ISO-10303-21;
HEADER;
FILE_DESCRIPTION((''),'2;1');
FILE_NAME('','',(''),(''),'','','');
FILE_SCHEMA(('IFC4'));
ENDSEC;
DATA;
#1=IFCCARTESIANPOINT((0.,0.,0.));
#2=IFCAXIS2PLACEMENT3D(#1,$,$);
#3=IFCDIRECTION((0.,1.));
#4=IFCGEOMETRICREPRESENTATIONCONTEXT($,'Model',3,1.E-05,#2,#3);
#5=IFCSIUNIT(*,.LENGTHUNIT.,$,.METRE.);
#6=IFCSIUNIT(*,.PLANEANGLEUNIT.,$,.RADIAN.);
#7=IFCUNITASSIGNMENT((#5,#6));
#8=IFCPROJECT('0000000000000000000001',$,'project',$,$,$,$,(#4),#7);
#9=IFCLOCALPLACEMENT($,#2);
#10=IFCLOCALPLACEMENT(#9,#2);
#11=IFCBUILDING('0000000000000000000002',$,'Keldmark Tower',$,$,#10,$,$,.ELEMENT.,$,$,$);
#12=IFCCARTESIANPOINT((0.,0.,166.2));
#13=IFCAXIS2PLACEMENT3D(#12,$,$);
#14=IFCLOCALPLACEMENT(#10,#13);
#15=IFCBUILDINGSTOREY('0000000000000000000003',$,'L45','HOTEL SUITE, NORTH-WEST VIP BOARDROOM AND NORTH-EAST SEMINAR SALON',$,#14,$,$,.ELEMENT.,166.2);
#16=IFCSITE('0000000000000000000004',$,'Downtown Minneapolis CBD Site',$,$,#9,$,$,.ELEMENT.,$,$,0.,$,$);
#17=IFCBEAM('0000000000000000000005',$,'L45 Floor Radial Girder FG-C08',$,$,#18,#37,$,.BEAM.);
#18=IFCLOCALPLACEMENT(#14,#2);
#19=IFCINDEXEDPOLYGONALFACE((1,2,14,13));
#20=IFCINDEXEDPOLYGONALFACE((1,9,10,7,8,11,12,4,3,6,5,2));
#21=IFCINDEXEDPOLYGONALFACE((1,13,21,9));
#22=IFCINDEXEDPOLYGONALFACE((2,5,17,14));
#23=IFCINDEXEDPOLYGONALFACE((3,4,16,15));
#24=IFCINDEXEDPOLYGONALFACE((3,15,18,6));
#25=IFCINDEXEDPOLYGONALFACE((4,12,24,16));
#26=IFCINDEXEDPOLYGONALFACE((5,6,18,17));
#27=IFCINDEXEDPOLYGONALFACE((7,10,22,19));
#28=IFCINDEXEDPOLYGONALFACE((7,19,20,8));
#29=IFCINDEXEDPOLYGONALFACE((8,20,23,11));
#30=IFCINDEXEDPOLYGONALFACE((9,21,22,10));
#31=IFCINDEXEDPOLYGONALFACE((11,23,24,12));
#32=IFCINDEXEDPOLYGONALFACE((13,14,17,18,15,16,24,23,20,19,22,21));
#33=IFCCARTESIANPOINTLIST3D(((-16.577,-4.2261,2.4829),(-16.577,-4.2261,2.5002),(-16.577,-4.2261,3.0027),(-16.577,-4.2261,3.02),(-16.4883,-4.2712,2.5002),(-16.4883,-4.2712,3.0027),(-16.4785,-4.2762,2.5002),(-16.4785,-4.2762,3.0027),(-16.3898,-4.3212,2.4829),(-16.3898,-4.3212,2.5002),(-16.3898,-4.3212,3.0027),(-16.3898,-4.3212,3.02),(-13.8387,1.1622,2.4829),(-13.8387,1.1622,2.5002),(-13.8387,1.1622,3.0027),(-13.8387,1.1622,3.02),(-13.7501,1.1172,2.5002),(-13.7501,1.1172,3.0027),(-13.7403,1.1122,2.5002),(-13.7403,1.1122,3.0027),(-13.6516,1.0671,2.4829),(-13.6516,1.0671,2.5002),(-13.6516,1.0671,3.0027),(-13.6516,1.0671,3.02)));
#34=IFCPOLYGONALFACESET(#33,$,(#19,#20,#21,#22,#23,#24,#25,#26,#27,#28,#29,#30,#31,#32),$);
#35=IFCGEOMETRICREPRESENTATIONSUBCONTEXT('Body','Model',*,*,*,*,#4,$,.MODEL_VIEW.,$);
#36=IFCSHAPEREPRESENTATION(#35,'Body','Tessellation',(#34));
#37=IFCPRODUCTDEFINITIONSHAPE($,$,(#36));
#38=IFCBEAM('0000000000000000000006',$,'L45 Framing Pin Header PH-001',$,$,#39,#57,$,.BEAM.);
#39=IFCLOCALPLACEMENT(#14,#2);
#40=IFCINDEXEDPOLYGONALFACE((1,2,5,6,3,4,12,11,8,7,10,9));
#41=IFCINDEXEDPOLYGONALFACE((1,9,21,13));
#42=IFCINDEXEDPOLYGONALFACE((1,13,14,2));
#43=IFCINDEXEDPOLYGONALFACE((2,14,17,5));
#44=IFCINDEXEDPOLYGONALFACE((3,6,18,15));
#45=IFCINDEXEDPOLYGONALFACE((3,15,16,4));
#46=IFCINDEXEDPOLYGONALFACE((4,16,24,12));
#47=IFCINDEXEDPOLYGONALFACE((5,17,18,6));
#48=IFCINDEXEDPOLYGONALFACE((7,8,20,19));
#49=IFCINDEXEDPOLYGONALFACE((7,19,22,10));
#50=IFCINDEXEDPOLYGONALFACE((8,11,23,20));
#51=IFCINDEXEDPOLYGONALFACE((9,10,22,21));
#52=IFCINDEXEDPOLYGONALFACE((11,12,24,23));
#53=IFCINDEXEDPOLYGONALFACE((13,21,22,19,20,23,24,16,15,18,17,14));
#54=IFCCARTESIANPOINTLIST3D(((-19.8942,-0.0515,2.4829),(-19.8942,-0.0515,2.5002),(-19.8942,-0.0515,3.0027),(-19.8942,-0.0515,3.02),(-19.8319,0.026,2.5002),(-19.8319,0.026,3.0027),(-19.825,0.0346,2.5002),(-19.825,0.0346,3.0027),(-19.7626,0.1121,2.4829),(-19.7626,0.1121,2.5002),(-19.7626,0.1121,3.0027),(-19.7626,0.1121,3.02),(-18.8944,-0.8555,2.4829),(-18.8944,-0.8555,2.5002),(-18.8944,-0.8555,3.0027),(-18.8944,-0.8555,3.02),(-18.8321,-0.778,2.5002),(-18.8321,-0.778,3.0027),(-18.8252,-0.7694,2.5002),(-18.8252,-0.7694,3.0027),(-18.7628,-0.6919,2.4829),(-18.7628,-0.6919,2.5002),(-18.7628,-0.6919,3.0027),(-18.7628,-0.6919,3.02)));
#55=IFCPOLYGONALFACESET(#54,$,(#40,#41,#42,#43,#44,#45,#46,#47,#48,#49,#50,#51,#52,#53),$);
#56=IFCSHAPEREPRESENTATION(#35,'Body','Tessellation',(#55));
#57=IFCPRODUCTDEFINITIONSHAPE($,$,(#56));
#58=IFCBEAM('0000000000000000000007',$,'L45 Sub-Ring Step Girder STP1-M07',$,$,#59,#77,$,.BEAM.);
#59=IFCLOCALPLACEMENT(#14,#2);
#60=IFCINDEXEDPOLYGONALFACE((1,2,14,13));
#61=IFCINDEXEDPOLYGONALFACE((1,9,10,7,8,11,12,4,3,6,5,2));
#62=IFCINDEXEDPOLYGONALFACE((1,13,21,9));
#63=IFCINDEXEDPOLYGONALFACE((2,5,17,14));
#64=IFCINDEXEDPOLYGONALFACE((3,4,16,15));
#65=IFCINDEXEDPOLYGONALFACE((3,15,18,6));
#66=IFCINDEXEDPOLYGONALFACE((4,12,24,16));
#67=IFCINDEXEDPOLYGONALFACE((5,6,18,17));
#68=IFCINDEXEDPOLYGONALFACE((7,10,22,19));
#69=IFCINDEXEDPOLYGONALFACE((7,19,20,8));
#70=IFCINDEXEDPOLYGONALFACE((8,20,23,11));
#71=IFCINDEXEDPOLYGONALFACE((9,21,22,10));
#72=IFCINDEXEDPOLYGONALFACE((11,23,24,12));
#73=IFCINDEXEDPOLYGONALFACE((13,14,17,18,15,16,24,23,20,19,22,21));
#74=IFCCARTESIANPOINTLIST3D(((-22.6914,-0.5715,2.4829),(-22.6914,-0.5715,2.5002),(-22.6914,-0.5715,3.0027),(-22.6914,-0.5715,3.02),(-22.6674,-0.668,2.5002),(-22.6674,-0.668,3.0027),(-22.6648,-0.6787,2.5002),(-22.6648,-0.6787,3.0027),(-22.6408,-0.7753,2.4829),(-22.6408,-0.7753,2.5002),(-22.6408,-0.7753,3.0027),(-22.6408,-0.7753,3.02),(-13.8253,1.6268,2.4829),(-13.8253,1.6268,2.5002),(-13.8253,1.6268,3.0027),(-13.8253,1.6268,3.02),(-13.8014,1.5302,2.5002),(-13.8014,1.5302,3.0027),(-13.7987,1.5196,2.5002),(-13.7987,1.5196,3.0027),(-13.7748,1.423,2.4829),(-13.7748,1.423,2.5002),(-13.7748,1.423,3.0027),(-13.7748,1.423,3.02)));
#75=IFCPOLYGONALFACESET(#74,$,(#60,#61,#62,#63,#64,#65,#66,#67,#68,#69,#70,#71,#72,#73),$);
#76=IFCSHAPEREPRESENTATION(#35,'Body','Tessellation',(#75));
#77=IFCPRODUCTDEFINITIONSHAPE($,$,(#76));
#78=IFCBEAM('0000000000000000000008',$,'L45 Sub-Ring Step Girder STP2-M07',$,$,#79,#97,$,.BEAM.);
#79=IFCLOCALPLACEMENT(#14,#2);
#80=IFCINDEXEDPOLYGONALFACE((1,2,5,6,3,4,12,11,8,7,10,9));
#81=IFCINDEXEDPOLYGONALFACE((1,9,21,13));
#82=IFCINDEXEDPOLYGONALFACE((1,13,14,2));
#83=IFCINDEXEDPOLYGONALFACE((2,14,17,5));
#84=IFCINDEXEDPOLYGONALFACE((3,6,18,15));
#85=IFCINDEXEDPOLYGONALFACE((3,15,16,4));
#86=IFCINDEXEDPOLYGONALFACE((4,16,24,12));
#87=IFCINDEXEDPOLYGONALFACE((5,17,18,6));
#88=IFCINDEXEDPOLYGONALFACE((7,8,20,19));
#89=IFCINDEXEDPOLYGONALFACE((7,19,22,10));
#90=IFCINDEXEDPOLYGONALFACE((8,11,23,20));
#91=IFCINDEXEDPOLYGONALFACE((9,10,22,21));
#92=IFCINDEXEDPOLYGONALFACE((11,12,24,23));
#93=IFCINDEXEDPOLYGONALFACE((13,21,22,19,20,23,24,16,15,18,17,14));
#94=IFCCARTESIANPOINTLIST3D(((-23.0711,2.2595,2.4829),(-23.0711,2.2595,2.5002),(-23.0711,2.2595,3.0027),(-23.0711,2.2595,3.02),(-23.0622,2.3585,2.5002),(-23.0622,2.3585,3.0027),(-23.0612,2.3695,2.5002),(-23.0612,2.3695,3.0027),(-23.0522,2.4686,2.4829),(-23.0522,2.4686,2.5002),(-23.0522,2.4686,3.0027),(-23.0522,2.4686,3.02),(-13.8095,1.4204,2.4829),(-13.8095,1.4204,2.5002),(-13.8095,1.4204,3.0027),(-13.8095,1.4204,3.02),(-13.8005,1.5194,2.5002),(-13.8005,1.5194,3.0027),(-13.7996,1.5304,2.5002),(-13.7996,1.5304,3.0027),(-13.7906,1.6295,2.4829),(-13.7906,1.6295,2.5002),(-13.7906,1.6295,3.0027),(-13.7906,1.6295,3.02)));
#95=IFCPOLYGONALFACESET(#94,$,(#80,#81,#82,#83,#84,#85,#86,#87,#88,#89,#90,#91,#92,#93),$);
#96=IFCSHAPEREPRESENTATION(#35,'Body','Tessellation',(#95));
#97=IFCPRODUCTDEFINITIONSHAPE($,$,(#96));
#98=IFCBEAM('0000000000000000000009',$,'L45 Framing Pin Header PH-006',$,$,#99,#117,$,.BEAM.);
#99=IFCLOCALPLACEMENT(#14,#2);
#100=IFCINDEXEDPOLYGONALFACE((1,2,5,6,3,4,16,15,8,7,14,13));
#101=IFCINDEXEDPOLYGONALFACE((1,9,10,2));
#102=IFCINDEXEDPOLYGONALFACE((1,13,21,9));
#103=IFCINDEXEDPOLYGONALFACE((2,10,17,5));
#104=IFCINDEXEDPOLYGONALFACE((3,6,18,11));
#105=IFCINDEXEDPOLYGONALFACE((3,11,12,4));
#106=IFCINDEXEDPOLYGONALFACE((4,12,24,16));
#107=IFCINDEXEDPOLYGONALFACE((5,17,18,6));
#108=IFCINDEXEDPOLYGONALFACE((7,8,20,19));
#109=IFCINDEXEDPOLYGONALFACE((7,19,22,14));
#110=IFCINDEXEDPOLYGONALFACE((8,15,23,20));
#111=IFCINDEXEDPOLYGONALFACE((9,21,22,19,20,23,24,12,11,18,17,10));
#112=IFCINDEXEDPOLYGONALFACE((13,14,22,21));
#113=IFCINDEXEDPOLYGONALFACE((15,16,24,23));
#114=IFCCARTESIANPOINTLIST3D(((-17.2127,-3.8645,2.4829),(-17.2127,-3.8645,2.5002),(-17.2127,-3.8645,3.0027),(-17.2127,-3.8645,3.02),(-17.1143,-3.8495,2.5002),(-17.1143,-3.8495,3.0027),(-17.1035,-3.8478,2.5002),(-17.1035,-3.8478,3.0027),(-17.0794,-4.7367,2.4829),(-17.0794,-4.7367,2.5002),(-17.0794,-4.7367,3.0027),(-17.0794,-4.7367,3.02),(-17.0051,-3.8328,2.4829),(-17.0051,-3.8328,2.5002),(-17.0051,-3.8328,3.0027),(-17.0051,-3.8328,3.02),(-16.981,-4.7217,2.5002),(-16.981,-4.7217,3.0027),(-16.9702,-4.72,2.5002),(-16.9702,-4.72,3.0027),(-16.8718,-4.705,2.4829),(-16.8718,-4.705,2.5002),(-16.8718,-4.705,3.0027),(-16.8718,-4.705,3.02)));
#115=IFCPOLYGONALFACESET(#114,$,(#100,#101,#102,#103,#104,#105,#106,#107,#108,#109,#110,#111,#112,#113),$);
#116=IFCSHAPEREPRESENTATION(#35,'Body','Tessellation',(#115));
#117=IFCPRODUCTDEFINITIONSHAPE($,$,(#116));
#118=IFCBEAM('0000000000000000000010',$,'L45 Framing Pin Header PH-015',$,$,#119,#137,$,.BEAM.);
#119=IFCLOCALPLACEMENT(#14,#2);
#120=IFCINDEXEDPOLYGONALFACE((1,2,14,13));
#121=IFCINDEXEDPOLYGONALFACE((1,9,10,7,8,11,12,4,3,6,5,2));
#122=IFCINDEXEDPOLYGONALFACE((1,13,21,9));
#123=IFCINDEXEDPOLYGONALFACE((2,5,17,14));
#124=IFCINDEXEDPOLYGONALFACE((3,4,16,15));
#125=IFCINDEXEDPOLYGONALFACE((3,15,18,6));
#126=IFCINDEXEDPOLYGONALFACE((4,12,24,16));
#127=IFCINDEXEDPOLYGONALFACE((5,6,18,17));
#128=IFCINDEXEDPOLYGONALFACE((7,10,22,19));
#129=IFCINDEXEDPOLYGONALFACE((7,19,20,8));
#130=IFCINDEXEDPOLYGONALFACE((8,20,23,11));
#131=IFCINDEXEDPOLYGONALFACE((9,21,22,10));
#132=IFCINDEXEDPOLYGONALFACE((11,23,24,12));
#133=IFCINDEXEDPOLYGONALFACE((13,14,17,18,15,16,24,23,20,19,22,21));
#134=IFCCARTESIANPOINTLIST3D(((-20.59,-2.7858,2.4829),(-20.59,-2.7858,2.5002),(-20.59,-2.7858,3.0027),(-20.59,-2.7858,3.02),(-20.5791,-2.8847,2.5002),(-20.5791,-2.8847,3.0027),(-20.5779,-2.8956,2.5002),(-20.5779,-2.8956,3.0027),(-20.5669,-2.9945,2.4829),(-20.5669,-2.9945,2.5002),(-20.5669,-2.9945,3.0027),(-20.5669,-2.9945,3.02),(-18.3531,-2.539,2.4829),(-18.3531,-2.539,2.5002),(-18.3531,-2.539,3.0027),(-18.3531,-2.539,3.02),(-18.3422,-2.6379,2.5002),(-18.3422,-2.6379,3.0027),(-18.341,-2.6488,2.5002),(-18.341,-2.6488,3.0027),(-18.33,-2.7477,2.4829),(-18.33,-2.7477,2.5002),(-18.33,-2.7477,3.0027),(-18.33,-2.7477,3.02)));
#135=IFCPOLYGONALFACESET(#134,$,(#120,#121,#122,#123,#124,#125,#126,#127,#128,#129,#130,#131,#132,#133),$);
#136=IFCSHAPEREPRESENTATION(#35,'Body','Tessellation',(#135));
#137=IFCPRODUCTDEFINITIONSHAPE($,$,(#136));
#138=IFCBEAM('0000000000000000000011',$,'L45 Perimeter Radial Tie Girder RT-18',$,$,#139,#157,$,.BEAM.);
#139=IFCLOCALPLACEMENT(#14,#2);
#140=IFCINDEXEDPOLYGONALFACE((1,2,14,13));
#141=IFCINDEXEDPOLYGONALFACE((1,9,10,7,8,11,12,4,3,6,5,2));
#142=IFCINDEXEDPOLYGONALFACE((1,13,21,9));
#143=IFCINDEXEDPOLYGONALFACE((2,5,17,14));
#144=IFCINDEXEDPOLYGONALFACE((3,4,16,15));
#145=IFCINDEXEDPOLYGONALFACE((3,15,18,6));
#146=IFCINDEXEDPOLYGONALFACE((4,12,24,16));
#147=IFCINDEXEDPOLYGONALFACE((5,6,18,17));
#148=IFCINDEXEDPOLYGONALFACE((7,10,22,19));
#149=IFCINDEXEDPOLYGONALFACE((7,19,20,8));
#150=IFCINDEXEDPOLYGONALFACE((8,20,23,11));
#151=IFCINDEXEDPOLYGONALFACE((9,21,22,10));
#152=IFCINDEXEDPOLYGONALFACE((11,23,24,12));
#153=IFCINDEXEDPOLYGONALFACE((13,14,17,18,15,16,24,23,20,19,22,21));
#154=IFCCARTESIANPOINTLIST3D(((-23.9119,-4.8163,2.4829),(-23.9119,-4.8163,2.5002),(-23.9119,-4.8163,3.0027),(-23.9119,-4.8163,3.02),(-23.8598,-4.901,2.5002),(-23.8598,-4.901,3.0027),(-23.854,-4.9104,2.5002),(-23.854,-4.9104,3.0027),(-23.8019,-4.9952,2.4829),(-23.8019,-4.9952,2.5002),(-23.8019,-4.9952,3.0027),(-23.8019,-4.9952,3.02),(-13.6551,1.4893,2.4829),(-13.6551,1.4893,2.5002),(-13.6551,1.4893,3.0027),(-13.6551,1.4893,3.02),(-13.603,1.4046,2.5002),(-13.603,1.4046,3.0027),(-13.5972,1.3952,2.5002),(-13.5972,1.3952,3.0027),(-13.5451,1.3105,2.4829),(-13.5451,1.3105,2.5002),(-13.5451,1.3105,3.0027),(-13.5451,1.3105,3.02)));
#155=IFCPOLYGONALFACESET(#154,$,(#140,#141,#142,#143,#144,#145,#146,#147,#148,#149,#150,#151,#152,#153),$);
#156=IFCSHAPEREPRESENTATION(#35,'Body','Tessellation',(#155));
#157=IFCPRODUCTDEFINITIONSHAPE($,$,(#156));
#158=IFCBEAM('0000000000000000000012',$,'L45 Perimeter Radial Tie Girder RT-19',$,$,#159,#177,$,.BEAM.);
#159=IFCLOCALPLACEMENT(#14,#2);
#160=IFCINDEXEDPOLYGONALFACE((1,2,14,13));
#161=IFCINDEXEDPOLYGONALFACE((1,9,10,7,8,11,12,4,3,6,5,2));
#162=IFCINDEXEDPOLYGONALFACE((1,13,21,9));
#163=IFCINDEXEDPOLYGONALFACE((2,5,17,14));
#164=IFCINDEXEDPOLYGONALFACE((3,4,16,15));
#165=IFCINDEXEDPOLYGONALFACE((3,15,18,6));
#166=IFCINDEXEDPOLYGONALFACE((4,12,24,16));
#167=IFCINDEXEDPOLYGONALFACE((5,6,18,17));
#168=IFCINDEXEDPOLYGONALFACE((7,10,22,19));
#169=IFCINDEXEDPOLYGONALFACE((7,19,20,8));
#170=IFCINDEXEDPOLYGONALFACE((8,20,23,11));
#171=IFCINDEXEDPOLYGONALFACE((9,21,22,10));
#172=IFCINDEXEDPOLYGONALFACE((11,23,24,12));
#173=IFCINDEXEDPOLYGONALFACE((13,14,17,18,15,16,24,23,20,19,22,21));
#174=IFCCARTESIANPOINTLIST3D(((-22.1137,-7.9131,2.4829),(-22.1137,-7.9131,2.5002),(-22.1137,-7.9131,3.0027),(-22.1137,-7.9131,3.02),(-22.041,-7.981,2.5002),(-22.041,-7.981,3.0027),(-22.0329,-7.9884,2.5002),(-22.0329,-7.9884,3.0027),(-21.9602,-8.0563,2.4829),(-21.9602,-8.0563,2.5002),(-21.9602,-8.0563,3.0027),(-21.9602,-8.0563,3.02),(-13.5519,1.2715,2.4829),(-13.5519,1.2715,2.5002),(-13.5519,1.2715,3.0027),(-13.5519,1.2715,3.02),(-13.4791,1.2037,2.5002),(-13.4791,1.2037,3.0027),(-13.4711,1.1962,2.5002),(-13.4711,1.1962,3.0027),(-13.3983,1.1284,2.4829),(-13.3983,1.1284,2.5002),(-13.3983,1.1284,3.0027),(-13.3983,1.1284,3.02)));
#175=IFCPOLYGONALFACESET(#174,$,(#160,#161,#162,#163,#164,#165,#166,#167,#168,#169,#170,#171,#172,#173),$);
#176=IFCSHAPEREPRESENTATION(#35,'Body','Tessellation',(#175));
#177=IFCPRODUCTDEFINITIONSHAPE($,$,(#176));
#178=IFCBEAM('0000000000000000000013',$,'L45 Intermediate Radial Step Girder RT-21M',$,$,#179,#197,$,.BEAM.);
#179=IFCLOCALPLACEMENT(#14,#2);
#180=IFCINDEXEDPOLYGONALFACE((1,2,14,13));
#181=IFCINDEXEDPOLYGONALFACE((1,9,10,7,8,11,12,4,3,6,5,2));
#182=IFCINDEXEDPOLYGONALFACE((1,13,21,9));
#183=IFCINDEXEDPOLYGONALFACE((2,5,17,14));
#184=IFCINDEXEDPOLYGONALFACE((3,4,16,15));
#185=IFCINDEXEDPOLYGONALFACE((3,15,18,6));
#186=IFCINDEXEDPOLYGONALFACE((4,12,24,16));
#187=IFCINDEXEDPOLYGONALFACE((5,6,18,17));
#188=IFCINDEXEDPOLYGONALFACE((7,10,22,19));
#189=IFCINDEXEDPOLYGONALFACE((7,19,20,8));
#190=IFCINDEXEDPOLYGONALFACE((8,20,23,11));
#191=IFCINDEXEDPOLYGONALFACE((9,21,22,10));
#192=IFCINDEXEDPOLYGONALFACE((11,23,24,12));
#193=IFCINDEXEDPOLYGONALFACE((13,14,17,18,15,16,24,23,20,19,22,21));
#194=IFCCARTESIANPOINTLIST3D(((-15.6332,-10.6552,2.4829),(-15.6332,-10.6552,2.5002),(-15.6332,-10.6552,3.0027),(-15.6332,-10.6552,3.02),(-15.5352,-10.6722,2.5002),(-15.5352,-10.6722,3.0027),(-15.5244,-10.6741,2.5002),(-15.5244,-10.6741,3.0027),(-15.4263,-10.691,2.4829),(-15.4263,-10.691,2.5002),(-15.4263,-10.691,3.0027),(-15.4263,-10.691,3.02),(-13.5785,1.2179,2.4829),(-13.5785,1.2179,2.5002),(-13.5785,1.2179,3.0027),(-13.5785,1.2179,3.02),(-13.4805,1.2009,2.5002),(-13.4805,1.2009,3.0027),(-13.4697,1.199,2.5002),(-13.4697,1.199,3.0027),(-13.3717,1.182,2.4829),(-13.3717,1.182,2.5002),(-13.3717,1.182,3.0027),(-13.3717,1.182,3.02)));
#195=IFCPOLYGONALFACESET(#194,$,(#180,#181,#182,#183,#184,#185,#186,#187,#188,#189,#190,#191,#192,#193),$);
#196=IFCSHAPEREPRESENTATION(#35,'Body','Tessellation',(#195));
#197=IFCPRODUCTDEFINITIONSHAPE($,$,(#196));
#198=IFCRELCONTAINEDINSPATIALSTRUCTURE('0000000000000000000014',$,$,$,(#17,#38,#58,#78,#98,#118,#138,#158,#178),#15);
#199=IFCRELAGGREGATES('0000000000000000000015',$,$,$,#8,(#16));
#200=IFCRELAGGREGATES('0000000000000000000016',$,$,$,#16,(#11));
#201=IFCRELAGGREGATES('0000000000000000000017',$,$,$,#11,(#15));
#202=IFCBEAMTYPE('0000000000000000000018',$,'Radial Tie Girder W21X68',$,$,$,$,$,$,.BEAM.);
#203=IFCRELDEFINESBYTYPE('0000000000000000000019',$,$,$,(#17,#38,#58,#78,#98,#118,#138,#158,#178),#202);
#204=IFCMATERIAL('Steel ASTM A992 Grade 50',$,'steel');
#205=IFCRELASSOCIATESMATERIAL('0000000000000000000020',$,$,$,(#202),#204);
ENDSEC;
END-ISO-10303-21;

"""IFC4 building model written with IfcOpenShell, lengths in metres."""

from ifc_helpers import new_model, si_unit, direction, frame, origin, origin_2d, place, context, subcontext, project, spatial, i_section, extrude, material, material_profile, profile_set, type_object, element, save


model = new_model("IFC4")

# Units and contexts
model_context = context("Model", 3, precision=1e-05, world=origin(), true_north=direction((0.0, 1.0)))
body_context = subcontext(model_context, "Body", "Model", "MODEL_VIEW")
ifc_project = project(units=[si_unit("LENGTHUNIT", "METRE"), si_unit("PLANEANGLEUNIT", "RADIAN")], contexts=[model_context])

# Site, building, storey
site_placement = place(None, origin())
site = spatial("IfcSite", under=ifc_project, at=site_placement, Name="Downtown Minneapolis CBD Site", CompositionType="ELEMENT", RefElevation=0.0)
building_placement = place(site_placement, origin())
building = spatial("IfcBuilding", under=site, at=building_placement, Name="Keldmark Tower", CompositionType="ELEMENT")
storey_placement = place(building_placement, frame((0.0, 0.0, 166.2)))
storey = spatial("IfcBuildingStorey", under=building, at=storey_placement, Name="L45", Description="HOTEL SUITE, NORTH-WEST VIP BOARDROOM AND NORTH-EAST SEMINAR SALON", CompositionType="ELEMENT", Elevation=166.2)

# Beams
ifc_material_1 = material(Name="Steel ASTM A992 Grade 50", Category="steel")
ifc_material_profile_1 = material_profile(ifc_material_1, i_section(OverallWidth=0.21, OverallDepth=0.5371, WebThickness=0.011, FlangeThickness=0.0173, at=origin_2d()), Name="W21X68")
ifc_profile_set_1 = profile_set([ifc_material_profile_1], Name="Steel ASTM A992 Grade 50")
beam_type_1 = type_object("IfcBeamType", Name="Radial Tie Girder W21X68", PredefinedType="BEAM", material=ifc_profile_set_1)
beam_1_placement = place(storey_placement, frame((-16.4834, -4.2737, 2.7515), z_axis=(0.453037, 0.891492, 0.0), x_axis=(-0.891492, 0.453037, 0.0)))
element("IfcBeam", 1, at=beam_1_placement, inside=storey, type_object=beam_type_1, Name="L45 Floor Radial Girder FG-C08", PredefinedType="BEAM", context=body_context, shape_type="SweptSolid", body=[
    extrude(i_section(OverallWidth=0.21, OverallDepth=0.5371, WebThickness=0.011, FlangeThickness=0.0173, at=origin_2d()), origin(), (0.0, 0.0, 1.0), 6.0442),
])
beam_2_placement = place(storey_placement, frame((-18.8286, -0.7737, 2.7515), z_axis=(-0.779288, 0.626666, 0.0), x_axis=(-0.626666, -0.779288, 0.0)))
element("IfcBeam", 2, at=beam_2_placement, inside=storey, type_object=beam_type_1, Name="L45 Framing Pin Header PH-001", PredefinedType="BEAM", context=body_context, shape_type="SweptSolid", body=[
    extrude(i_section(OverallWidth=0.21, OverallDepth=0.5371, WebThickness=0.011, FlangeThickness=0.0173, at=origin_2d()), origin(), (0.0, 0.0, 1.0), 1.283),
])
beam_3_placement = place(storey_placement, frame((-13.8, 1.5249, 2.7515), z_axis=(-0.970611, -0.240655, 0.0), x_axis=(0.240655, -0.970611, 0.0)))
element("IfcBeam", 3, at=beam_3_placement, inside=storey, type_object=beam_type_1, Name="L45 Sub-Ring Step Girder STP1-M07", PredefinedType="BEAM", context=body_context, shape_type="SweptSolid", body=[
    extrude(i_section(OverallWidth=0.21, OverallDepth=0.5371, WebThickness=0.011, FlangeThickness=0.0173, at=origin_2d()), origin(), (0.0, 0.0, 1.0), 9.1345),
])
beam_4_placement = place(storey_placement, frame((-13.8, 1.5249, 2.7515), z_axis=(-0.995921, 0.09023, 0.0), x_axis=(-0.09023, -0.995921, 0.0)))
element("IfcBeam", 4, at=beam_4_placement, inside=storey, type_object=beam_type_1, Name="L45 Sub-Ring Step Girder STP2-M07", PredefinedType="BEAM", context=body_context, shape_type="SweptSolid", body=[
    extrude(i_section(OverallWidth=0.21, OverallDepth=0.5371, WebThickness=0.011, FlangeThickness=0.0173, at=origin_2d()), origin(), (0.0, 0.0, 1.0), 9.2996),
])
beam_5_placement = place(storey_placement, frame((-17.1089, -3.8486, 2.7515), z_axis=(0.151059, -0.988525, 0.0), x_axis=(0.988525, 0.151059, 0.0)))
element("IfcBeam", 5, at=beam_5_placement, inside=storey, type_object=beam_type_1, Name="L45 Framing Pin Header PH-006", PredefinedType="BEAM", context=body_context, shape_type="SweptSolid", body=[
    extrude(i_section(OverallWidth=0.21, OverallDepth=0.5371, WebThickness=0.011, FlangeThickness=0.0173, at=origin_2d()), origin(), (0.0, 0.0, 1.0), 0.8823),
])
beam_6_placement = place(storey_placement, frame((-18.3416, -2.6433, 2.7515), z_axis=(-0.993967, -0.109681, 0.0), x_axis=(0.109681, -0.993967, 0.0)))
element("IfcBeam", 6, at=beam_6_placement, inside=storey, type_object=beam_type_1, Name="L45 Framing Pin Header PH-015", PredefinedType="BEAM", context=body_context, shape_type="SweptSolid", body=[
    extrude(i_section(OverallWidth=0.21, OverallDepth=0.5371, WebThickness=0.011, FlangeThickness=0.0173, at=origin_2d()), origin(), (0.0, 0.0, 1.0), 2.2505),
])
beam_7_placement = place(storey_placement, frame((-13.6001, 1.3999, 2.7515), z_axis=(-0.851889, -0.523722, 0.0), x_axis=(0.523722, -0.851889, 0.0)))
element("IfcBeam", 7, at=beam_7_placement, inside=storey, type_object=beam_type_1, Name="L45 Perimeter Radial Tie Girder RT-18", PredefinedType="BEAM", context=body_context, shape_type="SweptSolid", body=[
    extrude(i_section(OverallWidth=0.21, OverallDepth=0.5371, WebThickness=0.011, FlangeThickness=0.0173, at=origin_2d()), origin(), (0.0, 0.0, 1.0), 12.04),
])
beam_8_placement = place(storey_placement, frame((-13.4751, 1.2, 2.7515), z_axis=(-0.681871, -0.731472, 0.0), x_axis=(0.731472, -0.681871, 0.0)))
element("IfcBeam", 8, at=beam_8_placement, inside=storey, type_object=beam_type_1, Name="L45 Perimeter Radial Tie Girder RT-19", PredefinedType="BEAM", context=body_context, shape_type="SweptSolid", body=[
    extrude(i_section(OverallWidth=0.21, OverallDepth=0.5371, WebThickness=0.011, FlangeThickness=0.0173, at=origin_2d()), origin(), (0.0, 0.0, 1.0), 12.5564),
])
beam_9_placement = place(storey_placement, frame((-13.4751, 1.2, 2.7515), z_axis=(-0.17052, -0.985354, 0.0), x_axis=(0.985354, -0.17052, 0.0)))
element("IfcBeam", 9, at=beam_9_placement, inside=storey, type_object=beam_type_1, Name="L45 Intermediate Radial Step Girder RT-21M", PredefinedType="BEAM", context=body_context, shape_type="SweptSolid", body=[
    extrude(i_section(OverallWidth=0.21, OverallDepth=0.5371, WebThickness=0.011, FlangeThickness=0.0173, at=origin_2d()), origin(), (0.0, 0.0, 1.0), 12.0496),
])

save(model, "model.ifc")
